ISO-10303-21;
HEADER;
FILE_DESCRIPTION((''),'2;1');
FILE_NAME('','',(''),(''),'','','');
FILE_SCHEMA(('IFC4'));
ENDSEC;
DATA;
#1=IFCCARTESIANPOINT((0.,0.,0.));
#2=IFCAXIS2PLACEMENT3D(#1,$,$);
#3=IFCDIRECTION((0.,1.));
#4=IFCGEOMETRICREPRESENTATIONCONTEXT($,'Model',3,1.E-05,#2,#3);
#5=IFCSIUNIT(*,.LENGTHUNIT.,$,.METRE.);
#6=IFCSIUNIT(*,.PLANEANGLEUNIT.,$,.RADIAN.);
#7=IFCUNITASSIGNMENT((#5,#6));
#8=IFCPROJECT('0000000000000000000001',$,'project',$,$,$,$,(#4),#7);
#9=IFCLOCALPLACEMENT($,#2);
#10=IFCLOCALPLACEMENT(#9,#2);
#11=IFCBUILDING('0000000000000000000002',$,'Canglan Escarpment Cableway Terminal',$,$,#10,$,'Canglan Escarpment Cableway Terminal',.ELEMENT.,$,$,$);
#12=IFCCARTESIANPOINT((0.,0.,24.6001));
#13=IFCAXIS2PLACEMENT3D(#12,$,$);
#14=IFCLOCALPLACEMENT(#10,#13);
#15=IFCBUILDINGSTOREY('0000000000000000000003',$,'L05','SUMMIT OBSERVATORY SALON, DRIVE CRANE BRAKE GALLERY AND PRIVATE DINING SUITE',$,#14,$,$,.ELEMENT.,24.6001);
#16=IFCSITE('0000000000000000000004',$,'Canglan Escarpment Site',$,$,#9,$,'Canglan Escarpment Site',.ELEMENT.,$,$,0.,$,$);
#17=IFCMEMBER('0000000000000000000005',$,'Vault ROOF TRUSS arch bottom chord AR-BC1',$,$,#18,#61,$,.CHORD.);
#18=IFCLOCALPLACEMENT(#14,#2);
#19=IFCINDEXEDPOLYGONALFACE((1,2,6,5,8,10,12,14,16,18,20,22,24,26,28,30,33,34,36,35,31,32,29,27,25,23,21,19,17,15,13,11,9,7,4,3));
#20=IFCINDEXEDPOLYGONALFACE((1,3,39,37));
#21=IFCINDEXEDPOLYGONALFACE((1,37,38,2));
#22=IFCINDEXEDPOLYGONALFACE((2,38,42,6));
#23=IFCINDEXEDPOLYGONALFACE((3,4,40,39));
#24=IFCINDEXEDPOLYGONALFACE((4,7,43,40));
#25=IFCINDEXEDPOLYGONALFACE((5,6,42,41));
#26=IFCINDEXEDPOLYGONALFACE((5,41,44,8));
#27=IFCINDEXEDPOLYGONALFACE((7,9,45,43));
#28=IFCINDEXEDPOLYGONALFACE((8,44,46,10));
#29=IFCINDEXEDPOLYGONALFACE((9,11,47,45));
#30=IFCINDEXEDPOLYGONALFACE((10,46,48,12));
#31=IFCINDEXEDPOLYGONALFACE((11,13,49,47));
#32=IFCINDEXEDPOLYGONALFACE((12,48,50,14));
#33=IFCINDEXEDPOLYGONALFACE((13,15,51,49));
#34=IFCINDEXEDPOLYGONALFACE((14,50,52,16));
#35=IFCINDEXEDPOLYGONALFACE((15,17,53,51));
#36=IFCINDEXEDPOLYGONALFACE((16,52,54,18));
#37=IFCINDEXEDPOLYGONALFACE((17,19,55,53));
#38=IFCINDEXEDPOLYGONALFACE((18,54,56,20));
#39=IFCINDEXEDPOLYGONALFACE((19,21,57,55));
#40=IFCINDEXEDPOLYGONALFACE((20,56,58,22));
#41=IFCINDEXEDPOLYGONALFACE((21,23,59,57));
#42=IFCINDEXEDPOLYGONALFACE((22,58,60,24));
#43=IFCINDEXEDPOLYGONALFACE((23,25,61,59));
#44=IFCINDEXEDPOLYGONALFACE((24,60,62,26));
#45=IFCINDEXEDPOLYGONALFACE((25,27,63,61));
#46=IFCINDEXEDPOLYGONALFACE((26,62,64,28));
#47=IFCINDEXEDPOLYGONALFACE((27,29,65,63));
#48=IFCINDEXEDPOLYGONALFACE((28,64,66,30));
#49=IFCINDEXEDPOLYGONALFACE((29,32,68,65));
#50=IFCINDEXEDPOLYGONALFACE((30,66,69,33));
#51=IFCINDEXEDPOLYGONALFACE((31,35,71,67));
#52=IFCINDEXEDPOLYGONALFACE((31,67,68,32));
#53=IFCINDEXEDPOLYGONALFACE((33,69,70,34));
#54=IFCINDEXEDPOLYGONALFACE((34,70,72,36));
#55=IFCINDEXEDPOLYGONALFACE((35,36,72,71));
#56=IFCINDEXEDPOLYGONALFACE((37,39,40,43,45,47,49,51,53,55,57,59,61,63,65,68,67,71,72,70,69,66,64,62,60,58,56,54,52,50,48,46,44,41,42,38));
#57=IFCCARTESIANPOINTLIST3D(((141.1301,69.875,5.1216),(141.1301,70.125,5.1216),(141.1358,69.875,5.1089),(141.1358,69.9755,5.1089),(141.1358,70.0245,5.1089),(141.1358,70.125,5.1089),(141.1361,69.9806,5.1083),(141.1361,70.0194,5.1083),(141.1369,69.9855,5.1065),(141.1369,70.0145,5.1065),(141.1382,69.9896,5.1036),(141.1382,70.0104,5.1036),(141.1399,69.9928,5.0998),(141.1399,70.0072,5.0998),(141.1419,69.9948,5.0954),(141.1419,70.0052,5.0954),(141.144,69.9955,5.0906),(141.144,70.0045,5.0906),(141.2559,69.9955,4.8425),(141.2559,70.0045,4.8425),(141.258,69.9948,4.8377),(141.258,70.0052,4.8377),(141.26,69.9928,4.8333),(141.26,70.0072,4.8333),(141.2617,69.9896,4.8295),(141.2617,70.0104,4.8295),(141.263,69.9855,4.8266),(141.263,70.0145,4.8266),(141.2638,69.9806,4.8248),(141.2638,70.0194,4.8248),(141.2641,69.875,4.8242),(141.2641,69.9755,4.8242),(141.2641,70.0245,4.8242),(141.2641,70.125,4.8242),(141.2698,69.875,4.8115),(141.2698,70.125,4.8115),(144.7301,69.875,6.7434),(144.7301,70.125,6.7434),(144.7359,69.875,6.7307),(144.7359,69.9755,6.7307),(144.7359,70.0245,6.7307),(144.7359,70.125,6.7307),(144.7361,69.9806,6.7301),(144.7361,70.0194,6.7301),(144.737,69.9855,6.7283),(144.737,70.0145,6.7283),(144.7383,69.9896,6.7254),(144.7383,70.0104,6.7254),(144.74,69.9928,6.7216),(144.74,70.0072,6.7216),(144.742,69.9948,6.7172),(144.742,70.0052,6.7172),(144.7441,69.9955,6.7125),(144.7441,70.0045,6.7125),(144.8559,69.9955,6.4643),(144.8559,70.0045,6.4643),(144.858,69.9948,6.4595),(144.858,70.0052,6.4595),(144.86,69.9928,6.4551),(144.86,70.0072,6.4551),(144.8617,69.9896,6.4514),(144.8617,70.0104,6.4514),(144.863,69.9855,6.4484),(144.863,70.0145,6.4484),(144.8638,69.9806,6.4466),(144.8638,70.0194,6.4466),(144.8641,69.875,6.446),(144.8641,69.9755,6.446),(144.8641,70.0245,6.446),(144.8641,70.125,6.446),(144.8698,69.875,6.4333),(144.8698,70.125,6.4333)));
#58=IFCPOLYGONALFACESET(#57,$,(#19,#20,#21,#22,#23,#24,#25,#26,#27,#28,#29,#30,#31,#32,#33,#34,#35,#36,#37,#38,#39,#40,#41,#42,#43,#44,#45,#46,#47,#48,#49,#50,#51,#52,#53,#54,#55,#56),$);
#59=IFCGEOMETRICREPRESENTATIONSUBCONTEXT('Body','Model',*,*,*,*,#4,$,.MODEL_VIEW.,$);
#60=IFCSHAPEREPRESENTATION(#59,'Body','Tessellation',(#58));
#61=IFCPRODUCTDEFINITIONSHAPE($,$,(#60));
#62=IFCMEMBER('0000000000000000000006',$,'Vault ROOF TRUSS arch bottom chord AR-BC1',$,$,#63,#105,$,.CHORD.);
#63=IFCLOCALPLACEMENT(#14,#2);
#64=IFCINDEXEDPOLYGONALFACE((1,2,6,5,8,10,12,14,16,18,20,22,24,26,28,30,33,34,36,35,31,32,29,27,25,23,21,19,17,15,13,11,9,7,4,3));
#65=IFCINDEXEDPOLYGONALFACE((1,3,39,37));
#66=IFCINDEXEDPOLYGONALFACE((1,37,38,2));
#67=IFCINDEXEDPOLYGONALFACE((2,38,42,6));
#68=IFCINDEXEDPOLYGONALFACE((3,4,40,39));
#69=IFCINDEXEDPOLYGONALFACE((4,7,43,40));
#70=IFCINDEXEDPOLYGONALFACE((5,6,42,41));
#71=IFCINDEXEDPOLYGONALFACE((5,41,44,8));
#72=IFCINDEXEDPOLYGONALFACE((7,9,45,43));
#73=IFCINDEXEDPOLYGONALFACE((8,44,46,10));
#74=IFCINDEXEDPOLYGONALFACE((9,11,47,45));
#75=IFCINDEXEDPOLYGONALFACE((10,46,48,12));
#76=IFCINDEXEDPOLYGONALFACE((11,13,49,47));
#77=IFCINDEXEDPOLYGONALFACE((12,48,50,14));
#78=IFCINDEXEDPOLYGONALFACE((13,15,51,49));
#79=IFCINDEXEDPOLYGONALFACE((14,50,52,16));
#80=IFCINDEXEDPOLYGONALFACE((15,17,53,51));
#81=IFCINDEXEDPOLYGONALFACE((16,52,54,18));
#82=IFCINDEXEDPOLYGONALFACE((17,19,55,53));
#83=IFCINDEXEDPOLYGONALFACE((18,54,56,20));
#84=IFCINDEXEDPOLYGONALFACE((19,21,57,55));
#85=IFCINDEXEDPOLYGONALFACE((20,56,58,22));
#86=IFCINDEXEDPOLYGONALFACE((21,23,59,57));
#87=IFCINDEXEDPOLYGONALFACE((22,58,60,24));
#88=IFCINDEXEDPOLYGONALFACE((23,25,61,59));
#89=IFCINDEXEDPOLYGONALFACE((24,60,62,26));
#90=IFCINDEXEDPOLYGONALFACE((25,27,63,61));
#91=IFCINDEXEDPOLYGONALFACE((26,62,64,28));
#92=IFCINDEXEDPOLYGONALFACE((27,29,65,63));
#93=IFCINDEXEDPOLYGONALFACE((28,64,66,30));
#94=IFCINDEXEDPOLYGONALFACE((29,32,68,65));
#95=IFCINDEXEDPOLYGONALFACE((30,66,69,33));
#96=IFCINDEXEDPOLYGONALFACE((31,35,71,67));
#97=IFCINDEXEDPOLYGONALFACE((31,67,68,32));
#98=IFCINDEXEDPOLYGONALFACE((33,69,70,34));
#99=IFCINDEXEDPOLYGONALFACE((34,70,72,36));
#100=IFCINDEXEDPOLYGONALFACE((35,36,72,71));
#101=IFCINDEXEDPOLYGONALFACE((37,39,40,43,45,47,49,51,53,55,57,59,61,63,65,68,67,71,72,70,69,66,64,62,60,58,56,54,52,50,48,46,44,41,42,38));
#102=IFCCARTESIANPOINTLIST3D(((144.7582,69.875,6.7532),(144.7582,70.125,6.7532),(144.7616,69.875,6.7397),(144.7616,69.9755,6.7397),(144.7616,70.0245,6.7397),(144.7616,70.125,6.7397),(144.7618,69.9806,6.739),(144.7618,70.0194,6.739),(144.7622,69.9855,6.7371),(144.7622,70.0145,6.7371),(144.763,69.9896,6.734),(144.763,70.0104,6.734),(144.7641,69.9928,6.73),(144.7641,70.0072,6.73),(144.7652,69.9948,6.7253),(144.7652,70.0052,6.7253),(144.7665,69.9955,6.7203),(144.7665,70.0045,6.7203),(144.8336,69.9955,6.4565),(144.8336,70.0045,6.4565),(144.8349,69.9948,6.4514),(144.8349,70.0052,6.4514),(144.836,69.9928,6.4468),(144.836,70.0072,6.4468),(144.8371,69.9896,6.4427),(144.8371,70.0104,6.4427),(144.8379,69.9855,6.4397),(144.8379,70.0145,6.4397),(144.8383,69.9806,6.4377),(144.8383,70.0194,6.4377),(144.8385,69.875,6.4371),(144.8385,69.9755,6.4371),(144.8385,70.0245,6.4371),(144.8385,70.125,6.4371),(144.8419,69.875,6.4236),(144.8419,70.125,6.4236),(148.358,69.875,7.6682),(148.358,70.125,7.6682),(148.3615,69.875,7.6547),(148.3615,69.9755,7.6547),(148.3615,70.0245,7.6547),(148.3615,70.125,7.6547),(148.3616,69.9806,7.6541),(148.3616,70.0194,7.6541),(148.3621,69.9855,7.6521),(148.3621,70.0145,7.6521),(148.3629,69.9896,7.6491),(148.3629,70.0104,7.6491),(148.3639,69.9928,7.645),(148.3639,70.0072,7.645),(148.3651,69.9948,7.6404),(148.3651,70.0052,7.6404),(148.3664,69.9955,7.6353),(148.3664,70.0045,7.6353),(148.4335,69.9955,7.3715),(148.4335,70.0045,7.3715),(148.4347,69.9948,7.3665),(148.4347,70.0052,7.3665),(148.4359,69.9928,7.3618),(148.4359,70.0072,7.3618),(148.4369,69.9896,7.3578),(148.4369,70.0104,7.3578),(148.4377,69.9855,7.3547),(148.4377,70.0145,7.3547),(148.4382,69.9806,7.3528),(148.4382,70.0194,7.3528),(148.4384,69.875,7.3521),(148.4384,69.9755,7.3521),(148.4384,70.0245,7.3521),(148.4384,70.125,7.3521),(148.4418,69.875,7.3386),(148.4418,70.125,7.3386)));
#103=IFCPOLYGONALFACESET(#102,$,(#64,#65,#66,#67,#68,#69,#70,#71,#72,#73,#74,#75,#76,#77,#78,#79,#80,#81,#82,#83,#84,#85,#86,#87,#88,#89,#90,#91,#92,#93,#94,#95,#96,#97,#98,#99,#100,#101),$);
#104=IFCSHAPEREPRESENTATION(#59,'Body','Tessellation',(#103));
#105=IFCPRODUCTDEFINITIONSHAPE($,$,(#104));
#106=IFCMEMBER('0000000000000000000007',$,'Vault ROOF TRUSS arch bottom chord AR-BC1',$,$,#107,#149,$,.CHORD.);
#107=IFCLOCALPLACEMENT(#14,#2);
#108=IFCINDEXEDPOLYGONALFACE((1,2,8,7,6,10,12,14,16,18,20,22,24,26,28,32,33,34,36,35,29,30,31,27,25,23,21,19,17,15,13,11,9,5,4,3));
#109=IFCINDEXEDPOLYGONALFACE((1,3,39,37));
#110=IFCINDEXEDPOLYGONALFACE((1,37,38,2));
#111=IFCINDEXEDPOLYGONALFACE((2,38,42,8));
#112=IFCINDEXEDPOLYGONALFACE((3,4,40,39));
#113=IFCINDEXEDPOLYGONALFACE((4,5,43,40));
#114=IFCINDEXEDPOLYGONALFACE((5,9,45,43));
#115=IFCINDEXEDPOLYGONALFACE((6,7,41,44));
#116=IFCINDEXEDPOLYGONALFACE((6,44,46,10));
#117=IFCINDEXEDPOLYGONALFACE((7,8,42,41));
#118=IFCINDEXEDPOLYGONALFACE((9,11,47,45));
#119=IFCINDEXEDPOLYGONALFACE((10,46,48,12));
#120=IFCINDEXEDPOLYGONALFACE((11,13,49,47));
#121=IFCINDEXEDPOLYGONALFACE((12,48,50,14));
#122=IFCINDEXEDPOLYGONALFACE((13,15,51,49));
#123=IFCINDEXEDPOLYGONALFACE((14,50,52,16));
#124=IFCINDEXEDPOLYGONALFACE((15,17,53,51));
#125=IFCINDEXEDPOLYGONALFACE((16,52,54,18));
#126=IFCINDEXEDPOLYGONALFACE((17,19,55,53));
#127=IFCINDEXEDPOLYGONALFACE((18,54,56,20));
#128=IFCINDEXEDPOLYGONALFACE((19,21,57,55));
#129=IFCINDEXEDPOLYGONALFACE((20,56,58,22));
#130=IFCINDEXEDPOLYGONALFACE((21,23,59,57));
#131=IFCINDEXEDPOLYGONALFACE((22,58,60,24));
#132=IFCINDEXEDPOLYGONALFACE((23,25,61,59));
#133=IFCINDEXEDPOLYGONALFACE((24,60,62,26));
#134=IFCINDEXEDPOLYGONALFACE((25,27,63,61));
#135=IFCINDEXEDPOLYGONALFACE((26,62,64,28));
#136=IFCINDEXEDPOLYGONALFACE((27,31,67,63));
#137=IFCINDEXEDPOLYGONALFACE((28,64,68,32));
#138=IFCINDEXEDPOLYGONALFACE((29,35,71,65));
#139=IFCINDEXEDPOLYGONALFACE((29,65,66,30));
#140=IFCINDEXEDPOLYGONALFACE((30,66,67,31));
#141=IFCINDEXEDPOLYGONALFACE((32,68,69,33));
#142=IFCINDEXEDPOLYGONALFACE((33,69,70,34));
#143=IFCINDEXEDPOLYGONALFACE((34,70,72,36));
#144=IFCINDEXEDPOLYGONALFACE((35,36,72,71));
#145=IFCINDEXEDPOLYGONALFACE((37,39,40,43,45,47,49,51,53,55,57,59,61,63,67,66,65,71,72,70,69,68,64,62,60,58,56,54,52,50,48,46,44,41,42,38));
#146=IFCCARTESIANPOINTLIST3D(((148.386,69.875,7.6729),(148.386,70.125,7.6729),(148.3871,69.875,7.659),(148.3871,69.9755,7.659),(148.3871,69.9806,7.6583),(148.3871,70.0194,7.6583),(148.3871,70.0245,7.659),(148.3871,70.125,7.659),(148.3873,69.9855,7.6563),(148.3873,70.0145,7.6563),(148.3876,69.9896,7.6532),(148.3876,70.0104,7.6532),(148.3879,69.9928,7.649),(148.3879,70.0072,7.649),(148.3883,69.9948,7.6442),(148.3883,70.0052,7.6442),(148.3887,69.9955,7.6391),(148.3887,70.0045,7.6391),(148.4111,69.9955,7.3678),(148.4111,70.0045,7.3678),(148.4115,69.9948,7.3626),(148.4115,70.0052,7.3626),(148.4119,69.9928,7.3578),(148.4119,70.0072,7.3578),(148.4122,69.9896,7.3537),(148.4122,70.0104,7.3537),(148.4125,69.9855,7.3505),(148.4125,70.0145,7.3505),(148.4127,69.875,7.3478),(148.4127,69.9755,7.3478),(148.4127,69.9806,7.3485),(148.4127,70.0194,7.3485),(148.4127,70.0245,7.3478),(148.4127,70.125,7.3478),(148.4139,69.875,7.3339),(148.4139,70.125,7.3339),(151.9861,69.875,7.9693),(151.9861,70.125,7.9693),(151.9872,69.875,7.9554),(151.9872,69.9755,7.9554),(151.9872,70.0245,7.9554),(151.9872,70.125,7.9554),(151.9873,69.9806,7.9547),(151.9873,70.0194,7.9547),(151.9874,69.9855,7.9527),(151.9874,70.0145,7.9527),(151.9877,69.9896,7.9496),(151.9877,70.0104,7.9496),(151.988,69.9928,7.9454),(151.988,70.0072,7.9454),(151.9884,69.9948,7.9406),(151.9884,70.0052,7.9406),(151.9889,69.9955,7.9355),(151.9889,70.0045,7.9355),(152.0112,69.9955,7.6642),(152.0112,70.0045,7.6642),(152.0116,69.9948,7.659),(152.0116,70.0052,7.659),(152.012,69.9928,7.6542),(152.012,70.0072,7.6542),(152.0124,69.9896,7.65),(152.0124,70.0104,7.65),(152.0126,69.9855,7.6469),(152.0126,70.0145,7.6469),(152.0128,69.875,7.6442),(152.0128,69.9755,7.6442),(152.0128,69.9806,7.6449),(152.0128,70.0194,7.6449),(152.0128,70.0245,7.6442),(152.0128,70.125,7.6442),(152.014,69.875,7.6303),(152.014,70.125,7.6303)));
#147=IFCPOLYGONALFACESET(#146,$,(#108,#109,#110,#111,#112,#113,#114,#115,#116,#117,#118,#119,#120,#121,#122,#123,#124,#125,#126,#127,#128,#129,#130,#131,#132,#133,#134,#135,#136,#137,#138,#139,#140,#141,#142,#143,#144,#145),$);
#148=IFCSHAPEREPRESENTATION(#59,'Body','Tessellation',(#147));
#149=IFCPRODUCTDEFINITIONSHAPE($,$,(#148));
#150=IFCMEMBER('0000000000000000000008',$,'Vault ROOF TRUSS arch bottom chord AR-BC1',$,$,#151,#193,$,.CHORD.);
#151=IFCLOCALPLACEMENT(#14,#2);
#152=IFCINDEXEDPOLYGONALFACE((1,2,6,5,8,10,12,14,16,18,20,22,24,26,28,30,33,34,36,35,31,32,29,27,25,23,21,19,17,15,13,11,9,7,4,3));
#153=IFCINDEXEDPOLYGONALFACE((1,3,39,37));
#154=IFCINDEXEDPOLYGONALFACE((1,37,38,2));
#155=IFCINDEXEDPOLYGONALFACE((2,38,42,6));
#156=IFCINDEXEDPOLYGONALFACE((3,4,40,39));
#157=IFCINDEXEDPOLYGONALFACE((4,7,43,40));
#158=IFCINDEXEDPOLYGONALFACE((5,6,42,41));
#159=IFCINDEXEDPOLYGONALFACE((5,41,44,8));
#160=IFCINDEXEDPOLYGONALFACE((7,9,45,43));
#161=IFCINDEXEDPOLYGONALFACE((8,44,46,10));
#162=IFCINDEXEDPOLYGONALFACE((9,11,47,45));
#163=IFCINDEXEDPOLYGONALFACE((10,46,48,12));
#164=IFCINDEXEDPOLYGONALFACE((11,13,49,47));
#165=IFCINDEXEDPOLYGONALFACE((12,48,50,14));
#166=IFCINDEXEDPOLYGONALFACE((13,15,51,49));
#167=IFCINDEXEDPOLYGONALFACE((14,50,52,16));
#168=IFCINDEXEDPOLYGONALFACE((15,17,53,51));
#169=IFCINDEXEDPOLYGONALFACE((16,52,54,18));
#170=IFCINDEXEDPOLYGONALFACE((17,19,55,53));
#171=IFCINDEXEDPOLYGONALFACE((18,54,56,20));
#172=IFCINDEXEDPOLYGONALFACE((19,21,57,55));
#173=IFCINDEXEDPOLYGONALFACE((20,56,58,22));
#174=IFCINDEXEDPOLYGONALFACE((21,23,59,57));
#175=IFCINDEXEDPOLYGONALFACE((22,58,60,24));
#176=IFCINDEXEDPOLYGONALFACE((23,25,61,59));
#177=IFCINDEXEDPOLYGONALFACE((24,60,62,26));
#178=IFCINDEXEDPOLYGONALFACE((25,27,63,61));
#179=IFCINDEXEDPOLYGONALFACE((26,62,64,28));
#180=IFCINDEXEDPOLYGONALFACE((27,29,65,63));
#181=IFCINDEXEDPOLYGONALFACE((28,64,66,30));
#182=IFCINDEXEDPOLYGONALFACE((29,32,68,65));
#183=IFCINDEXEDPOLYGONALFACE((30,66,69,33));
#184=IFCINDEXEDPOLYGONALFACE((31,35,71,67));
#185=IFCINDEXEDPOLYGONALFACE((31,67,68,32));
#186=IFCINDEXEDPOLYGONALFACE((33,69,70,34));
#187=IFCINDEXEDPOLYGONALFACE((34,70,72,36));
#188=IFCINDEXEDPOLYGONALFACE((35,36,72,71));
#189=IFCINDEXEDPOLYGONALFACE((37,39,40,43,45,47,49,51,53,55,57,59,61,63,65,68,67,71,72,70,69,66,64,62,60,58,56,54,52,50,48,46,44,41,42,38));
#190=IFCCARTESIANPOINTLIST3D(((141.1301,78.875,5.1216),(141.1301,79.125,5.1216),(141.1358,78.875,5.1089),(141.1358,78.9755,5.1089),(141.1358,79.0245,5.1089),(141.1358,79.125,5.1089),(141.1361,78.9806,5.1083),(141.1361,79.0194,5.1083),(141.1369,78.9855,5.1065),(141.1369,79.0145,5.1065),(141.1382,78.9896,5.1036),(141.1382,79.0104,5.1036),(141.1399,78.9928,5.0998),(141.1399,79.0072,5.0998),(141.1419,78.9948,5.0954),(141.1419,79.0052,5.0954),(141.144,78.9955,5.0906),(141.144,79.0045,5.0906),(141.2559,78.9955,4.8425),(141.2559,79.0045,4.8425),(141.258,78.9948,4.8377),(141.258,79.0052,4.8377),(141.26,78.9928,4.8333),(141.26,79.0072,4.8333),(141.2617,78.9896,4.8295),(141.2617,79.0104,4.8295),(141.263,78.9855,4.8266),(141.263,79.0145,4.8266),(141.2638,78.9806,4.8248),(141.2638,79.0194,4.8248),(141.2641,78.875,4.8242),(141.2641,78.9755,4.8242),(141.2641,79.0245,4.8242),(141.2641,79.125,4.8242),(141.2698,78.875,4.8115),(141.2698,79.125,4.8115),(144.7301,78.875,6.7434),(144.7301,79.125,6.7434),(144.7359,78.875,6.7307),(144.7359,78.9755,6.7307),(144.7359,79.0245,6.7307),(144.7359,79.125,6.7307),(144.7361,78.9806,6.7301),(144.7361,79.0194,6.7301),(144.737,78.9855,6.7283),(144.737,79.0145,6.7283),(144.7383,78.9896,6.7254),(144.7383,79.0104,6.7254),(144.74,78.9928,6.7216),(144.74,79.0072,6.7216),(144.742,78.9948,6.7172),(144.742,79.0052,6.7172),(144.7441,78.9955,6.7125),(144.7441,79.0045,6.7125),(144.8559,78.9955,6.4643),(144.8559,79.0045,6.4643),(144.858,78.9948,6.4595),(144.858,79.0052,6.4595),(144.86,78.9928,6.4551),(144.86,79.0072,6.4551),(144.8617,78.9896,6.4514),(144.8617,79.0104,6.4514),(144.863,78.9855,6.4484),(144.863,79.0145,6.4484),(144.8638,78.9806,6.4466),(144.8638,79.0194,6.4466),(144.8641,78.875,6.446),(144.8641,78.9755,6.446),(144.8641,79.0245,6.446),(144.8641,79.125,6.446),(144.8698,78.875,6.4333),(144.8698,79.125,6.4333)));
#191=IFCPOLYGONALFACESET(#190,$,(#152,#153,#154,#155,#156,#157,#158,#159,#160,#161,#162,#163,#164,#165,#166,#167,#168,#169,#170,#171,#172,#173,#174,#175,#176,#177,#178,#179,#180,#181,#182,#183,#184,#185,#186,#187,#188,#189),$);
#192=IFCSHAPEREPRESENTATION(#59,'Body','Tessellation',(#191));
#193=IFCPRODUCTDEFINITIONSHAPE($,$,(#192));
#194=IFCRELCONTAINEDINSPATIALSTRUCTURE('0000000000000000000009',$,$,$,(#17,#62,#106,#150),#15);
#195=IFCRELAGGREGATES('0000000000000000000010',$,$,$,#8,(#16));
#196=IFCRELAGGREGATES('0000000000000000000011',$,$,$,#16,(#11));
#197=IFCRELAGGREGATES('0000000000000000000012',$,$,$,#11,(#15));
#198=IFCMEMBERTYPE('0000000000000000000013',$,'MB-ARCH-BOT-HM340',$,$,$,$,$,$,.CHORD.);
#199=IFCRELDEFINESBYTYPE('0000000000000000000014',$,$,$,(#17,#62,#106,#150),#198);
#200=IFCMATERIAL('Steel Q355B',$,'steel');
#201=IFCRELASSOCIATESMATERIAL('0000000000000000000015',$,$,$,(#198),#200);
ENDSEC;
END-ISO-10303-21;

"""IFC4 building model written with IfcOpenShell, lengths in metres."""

from ifc_helpers import new_model, si_unit, direction, frame, origin, origin_2d, place, context, subcontext, project, spatial, i_section, extrude, material, material_profile, profile_set, type_object, element, save


model = new_model("IFC4")

# Units and contexts
model_context = context("Model", 3, precision=1e-05, world=origin(), true_north=direction((0.0, 1.0)))
body_context = subcontext(model_context, "Body", "Model", "MODEL_VIEW")
ifc_project = project(units=[si_unit("LENGTHUNIT", "METRE"), si_unit("PLANEANGLEUNIT", "RADIAN")], contexts=[model_context])

# Site, building, storey
site_placement = place(None, origin())
site = spatial("IfcSite", under=ifc_project, at=site_placement, Name="Canglan Escarpment Site", LongName="Canglan Escarpment Site", CompositionType="ELEMENT", RefElevation=0.0)
building_placement = place(site_placement, origin())
building = spatial("IfcBuilding", under=site, at=building_placement, Name="Canglan Escarpment Cableway Terminal", LongName="Canglan Escarpment Cableway Terminal", CompositionType="ELEMENT")
storey_placement = place(building_placement, frame((0.0, 0.0, 24.6001)))
storey = spatial("IfcBuildingStorey", under=building, at=storey_placement, Name="L05", Description="SUMMIT OBSERVATORY SALON, DRIVE CRANE BRAKE GALLERY AND PRIVATE DINING SUITE", CompositionType="ELEMENT", Elevation=24.6001)

# Shared definitions
ifc_material_1 = material(Name="Steel Q355B", Category="steel")

# Members
ifc_material_profile_1 = material_profile(ifc_material_1, i_section(OverallWidth=0.25, OverallDepth=0.3401, WebThickness=0.009, FlangeThickness=0.0139, FilletRadius=0.02, at=origin_2d()), Name="HM 340x250x9x14")
ifc_profile_set_1 = profile_set([ifc_material_profile_1], Name="Steel Q355B")
member_type_1 = type_object("IfcMemberType", Name="MB-ARCH-BOT-HM340", PredefinedType="CHORD", material=ifc_profile_set_1)
member_1_placement = place(storey_placement, frame((141.2, 70.0, 4.9666), z_axis=(0.911753, 0.0, 0.41074), x_axis=(0.0, 1.0, 0.0)))
element("IfcMember", 1, at=member_1_placement, inside=storey, type_object=member_type_1, Name="Vault ROOF TRUSS arch bottom chord AR-BC1", PredefinedType="CHORD", context=body_context, shape_type="SweptSolid", body=[
    extrude(i_section(OverallWidth=0.25, OverallDepth=0.3401, WebThickness=0.009, FlangeThickness=0.0139, FilletRadius=0.02, at=origin_2d()), origin(), (0.0, 0.0, 1.0), 3.9485),
])
member_2_placement = place(storey_placement, frame((144.8, 70.0, 6.5884), z_axis=(0.96918, 0.0, 0.246354), x_axis=(0.0, 1.0, 0.0)))
element("IfcMember", 2, at=member_2_placement, inside=storey, type_object=member_type_1, Name="Vault ROOF TRUSS arch bottom chord AR-BC1", PredefinedType="CHORD", context=body_context, shape_type="SweptSolid", body=[
    extrude(i_section(OverallWidth=0.25, OverallDepth=0.3401, WebThickness=0.009, FlangeThickness=0.0139, FilletRadius=0.02, at=origin_2d()), origin(), (0.0, 0.0, 1.0), 3.7144),
])
member_3_placement = place(storey_placement, frame((148.3999, 70.0, 7.5034), z_axis=(0.996628, 0.0, 0.08205), x_axis=(0.0, 1.0, 0.0)))
element("IfcMember", 3, at=member_3_placement, inside=storey, type_object=member_type_1, Name="Vault ROOF TRUSS arch bottom chord AR-BC1", PredefinedType="CHORD", context=body_context, shape_type="SweptSolid", body=[
    extrude(i_section(OverallWidth=0.25, OverallDepth=0.3401, WebThickness=0.009, FlangeThickness=0.0139, FilletRadius=0.02, at=origin_2d()), origin(), (0.0, 0.0, 1.0), 3.6123),
])
member_4_placement = place(storey_placement, frame((141.2, 79.0, 4.9666), z_axis=(0.911753, 0.0, 0.41074), x_axis=(0.0, 1.0, 0.0)))
element("IfcMember", 4, at=member_4_placement, inside=storey, type_object=member_type_1, Name="Vault ROOF TRUSS arch bottom chord AR-BC1", PredefinedType="CHORD", context=body_context, shape_type="SweptSolid", body=[
    extrude(i_section(OverallWidth=0.25, OverallDepth=0.3401, WebThickness=0.009, FlangeThickness=0.0139, FilletRadius=0.02, at=origin_2d()), origin(), (0.0, 0.0, 1.0), 3.9485),
])

save(model, "model.ifc")
